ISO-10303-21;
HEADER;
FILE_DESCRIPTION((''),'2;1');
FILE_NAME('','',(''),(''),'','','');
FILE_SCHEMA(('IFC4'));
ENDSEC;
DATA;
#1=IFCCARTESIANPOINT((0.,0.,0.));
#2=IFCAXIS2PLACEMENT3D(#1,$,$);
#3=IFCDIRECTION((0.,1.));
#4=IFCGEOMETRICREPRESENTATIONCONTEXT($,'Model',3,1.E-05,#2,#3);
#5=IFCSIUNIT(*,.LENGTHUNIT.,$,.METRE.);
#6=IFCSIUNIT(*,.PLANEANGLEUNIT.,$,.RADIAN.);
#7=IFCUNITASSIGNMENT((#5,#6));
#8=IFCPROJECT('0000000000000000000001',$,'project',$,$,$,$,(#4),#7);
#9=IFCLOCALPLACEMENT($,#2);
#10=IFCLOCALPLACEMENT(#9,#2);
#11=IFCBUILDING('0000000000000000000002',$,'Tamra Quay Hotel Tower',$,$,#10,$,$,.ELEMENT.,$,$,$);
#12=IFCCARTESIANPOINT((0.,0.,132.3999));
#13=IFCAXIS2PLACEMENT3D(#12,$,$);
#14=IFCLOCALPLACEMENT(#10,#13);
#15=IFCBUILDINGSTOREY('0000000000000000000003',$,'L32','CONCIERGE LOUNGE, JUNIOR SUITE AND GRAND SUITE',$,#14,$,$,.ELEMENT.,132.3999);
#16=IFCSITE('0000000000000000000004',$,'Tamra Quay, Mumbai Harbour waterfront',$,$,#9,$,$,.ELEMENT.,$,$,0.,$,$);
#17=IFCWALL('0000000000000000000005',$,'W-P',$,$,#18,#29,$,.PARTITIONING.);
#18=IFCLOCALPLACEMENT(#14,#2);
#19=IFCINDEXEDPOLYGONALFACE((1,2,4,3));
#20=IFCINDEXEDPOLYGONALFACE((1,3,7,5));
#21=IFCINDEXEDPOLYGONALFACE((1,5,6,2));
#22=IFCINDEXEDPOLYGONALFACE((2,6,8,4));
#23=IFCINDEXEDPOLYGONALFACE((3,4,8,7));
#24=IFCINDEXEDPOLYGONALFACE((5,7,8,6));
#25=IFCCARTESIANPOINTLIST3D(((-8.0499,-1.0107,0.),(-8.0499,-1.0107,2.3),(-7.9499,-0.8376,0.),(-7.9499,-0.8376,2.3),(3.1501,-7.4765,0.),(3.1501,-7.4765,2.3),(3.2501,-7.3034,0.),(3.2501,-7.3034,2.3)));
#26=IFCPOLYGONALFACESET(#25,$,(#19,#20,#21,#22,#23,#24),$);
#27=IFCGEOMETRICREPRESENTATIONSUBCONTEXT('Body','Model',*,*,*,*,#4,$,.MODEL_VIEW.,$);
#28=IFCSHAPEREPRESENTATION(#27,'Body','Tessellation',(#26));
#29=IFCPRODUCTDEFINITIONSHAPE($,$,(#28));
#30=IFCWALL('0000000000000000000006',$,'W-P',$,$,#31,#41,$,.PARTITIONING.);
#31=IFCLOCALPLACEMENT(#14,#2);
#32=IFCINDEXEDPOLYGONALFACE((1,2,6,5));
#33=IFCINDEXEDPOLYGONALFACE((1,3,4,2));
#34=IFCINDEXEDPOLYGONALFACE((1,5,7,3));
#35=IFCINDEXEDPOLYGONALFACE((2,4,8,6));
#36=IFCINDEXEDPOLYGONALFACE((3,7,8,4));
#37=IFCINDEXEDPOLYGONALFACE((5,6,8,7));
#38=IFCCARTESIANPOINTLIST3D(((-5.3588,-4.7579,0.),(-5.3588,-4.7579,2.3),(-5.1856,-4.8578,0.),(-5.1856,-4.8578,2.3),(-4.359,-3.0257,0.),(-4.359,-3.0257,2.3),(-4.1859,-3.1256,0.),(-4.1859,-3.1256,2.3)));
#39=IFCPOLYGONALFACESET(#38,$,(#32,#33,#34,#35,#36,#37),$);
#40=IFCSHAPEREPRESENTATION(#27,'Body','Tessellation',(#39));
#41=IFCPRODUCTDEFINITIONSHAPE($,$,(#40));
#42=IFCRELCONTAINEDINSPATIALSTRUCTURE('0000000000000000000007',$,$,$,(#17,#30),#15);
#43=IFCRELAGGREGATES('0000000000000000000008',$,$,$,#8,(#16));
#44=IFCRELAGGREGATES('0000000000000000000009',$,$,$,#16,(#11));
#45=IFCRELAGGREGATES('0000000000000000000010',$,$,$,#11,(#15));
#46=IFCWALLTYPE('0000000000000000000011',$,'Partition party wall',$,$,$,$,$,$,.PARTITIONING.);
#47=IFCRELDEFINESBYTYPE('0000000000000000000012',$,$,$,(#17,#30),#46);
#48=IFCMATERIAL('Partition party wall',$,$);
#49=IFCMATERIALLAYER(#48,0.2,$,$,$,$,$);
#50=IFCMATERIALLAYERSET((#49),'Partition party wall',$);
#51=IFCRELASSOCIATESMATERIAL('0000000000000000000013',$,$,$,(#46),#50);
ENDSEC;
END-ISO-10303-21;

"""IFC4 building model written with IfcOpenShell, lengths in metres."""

from ifc_helpers import new_model, si_unit, direction, frame, frame_2d, origin, place, context, subcontext, project, spatial, rectangle, extrude, material, layer, layer_set, type_object, element, save


model = new_model("IFC4")

# Units and contexts
model_context = context("Model", 3, precision=1e-05, world=origin(), true_north=direction((0.0, 1.0)))
body_context = subcontext(model_context, "Body", "Model", "MODEL_VIEW")
ifc_project = project(units=[si_unit("LENGTHUNIT", "METRE"), si_unit("PLANEANGLEUNIT", "RADIAN")], contexts=[model_context])

# Site, building, storey
site_placement = place(None, origin())
site = spatial("IfcSite", under=ifc_project, at=site_placement, Name="Tamra Quay, Mumbai Harbour waterfront", CompositionType="ELEMENT", RefElevation=0.0)
building_placement = place(site_placement, origin())
building = spatial("IfcBuilding", under=site, at=building_placement, Name="Tamra Quay Hotel Tower", CompositionType="ELEMENT")
storey_placement = place(building_placement, frame((0.0, 0.0, 132.3999)))
storey = spatial("IfcBuildingStorey", under=building, at=storey_placement, Name="L32", Description="CONCIERGE LOUNGE, JUNIOR SUITE AND GRAND SUITE", CompositionType="ELEMENT", Elevation=132.3999)

# Walls
ifc_material_1 = material(Name="Partition party wall")
ifc_layer_1 = layer(ifc_material_1, 0.2)
ifc_layer_set_1 = layer_set([ifc_layer_1], Name="Partition party wall")
wall_type_1 = type_object("IfcWallType", Name="Partition party wall", PredefinedType="PARTITIONING", material=ifc_layer_set_1)
wall_1_placement = place(storey_placement, frame((-8.0, -0.9241, 0.0), z_axis=(0.0, 0.0, 1.0), x_axis=(0.866041, -0.499972, 0.0)))
element("IfcWall", 1, at=wall_1_placement, inside=storey, type_object=wall_type_1, Name="W-P", PredefinedType="PARTITIONING", context=body_context, shape_type="SweptSolid", body=[
    extrude(rectangle(XDim=12.9324, YDim=0.2, at=frame_2d((6.4663, 0.0))), origin(), (0.0, 0.0, 1.0), 2.3),
])
wall_2_placement = place(storey_placement, frame((-5.2722, -4.8079, 0.0), z_axis=(0.0, 0.0, 1.0), x_axis=(0.499881, 0.866094, 0.0)))
element("IfcWall", 2, at=wall_2_placement, inside=storey, type_object=wall_type_1, Name="W-P", PredefinedType="PARTITIONING", context=body_context, shape_type="SweptSolid", body=[
    extrude(rectangle(XDim=2.0, YDim=0.2, at=frame_2d((1.0, 0.0))), origin(), (0.0, 0.0, 1.0), 2.3),
])

save(model, "model.ifc")
